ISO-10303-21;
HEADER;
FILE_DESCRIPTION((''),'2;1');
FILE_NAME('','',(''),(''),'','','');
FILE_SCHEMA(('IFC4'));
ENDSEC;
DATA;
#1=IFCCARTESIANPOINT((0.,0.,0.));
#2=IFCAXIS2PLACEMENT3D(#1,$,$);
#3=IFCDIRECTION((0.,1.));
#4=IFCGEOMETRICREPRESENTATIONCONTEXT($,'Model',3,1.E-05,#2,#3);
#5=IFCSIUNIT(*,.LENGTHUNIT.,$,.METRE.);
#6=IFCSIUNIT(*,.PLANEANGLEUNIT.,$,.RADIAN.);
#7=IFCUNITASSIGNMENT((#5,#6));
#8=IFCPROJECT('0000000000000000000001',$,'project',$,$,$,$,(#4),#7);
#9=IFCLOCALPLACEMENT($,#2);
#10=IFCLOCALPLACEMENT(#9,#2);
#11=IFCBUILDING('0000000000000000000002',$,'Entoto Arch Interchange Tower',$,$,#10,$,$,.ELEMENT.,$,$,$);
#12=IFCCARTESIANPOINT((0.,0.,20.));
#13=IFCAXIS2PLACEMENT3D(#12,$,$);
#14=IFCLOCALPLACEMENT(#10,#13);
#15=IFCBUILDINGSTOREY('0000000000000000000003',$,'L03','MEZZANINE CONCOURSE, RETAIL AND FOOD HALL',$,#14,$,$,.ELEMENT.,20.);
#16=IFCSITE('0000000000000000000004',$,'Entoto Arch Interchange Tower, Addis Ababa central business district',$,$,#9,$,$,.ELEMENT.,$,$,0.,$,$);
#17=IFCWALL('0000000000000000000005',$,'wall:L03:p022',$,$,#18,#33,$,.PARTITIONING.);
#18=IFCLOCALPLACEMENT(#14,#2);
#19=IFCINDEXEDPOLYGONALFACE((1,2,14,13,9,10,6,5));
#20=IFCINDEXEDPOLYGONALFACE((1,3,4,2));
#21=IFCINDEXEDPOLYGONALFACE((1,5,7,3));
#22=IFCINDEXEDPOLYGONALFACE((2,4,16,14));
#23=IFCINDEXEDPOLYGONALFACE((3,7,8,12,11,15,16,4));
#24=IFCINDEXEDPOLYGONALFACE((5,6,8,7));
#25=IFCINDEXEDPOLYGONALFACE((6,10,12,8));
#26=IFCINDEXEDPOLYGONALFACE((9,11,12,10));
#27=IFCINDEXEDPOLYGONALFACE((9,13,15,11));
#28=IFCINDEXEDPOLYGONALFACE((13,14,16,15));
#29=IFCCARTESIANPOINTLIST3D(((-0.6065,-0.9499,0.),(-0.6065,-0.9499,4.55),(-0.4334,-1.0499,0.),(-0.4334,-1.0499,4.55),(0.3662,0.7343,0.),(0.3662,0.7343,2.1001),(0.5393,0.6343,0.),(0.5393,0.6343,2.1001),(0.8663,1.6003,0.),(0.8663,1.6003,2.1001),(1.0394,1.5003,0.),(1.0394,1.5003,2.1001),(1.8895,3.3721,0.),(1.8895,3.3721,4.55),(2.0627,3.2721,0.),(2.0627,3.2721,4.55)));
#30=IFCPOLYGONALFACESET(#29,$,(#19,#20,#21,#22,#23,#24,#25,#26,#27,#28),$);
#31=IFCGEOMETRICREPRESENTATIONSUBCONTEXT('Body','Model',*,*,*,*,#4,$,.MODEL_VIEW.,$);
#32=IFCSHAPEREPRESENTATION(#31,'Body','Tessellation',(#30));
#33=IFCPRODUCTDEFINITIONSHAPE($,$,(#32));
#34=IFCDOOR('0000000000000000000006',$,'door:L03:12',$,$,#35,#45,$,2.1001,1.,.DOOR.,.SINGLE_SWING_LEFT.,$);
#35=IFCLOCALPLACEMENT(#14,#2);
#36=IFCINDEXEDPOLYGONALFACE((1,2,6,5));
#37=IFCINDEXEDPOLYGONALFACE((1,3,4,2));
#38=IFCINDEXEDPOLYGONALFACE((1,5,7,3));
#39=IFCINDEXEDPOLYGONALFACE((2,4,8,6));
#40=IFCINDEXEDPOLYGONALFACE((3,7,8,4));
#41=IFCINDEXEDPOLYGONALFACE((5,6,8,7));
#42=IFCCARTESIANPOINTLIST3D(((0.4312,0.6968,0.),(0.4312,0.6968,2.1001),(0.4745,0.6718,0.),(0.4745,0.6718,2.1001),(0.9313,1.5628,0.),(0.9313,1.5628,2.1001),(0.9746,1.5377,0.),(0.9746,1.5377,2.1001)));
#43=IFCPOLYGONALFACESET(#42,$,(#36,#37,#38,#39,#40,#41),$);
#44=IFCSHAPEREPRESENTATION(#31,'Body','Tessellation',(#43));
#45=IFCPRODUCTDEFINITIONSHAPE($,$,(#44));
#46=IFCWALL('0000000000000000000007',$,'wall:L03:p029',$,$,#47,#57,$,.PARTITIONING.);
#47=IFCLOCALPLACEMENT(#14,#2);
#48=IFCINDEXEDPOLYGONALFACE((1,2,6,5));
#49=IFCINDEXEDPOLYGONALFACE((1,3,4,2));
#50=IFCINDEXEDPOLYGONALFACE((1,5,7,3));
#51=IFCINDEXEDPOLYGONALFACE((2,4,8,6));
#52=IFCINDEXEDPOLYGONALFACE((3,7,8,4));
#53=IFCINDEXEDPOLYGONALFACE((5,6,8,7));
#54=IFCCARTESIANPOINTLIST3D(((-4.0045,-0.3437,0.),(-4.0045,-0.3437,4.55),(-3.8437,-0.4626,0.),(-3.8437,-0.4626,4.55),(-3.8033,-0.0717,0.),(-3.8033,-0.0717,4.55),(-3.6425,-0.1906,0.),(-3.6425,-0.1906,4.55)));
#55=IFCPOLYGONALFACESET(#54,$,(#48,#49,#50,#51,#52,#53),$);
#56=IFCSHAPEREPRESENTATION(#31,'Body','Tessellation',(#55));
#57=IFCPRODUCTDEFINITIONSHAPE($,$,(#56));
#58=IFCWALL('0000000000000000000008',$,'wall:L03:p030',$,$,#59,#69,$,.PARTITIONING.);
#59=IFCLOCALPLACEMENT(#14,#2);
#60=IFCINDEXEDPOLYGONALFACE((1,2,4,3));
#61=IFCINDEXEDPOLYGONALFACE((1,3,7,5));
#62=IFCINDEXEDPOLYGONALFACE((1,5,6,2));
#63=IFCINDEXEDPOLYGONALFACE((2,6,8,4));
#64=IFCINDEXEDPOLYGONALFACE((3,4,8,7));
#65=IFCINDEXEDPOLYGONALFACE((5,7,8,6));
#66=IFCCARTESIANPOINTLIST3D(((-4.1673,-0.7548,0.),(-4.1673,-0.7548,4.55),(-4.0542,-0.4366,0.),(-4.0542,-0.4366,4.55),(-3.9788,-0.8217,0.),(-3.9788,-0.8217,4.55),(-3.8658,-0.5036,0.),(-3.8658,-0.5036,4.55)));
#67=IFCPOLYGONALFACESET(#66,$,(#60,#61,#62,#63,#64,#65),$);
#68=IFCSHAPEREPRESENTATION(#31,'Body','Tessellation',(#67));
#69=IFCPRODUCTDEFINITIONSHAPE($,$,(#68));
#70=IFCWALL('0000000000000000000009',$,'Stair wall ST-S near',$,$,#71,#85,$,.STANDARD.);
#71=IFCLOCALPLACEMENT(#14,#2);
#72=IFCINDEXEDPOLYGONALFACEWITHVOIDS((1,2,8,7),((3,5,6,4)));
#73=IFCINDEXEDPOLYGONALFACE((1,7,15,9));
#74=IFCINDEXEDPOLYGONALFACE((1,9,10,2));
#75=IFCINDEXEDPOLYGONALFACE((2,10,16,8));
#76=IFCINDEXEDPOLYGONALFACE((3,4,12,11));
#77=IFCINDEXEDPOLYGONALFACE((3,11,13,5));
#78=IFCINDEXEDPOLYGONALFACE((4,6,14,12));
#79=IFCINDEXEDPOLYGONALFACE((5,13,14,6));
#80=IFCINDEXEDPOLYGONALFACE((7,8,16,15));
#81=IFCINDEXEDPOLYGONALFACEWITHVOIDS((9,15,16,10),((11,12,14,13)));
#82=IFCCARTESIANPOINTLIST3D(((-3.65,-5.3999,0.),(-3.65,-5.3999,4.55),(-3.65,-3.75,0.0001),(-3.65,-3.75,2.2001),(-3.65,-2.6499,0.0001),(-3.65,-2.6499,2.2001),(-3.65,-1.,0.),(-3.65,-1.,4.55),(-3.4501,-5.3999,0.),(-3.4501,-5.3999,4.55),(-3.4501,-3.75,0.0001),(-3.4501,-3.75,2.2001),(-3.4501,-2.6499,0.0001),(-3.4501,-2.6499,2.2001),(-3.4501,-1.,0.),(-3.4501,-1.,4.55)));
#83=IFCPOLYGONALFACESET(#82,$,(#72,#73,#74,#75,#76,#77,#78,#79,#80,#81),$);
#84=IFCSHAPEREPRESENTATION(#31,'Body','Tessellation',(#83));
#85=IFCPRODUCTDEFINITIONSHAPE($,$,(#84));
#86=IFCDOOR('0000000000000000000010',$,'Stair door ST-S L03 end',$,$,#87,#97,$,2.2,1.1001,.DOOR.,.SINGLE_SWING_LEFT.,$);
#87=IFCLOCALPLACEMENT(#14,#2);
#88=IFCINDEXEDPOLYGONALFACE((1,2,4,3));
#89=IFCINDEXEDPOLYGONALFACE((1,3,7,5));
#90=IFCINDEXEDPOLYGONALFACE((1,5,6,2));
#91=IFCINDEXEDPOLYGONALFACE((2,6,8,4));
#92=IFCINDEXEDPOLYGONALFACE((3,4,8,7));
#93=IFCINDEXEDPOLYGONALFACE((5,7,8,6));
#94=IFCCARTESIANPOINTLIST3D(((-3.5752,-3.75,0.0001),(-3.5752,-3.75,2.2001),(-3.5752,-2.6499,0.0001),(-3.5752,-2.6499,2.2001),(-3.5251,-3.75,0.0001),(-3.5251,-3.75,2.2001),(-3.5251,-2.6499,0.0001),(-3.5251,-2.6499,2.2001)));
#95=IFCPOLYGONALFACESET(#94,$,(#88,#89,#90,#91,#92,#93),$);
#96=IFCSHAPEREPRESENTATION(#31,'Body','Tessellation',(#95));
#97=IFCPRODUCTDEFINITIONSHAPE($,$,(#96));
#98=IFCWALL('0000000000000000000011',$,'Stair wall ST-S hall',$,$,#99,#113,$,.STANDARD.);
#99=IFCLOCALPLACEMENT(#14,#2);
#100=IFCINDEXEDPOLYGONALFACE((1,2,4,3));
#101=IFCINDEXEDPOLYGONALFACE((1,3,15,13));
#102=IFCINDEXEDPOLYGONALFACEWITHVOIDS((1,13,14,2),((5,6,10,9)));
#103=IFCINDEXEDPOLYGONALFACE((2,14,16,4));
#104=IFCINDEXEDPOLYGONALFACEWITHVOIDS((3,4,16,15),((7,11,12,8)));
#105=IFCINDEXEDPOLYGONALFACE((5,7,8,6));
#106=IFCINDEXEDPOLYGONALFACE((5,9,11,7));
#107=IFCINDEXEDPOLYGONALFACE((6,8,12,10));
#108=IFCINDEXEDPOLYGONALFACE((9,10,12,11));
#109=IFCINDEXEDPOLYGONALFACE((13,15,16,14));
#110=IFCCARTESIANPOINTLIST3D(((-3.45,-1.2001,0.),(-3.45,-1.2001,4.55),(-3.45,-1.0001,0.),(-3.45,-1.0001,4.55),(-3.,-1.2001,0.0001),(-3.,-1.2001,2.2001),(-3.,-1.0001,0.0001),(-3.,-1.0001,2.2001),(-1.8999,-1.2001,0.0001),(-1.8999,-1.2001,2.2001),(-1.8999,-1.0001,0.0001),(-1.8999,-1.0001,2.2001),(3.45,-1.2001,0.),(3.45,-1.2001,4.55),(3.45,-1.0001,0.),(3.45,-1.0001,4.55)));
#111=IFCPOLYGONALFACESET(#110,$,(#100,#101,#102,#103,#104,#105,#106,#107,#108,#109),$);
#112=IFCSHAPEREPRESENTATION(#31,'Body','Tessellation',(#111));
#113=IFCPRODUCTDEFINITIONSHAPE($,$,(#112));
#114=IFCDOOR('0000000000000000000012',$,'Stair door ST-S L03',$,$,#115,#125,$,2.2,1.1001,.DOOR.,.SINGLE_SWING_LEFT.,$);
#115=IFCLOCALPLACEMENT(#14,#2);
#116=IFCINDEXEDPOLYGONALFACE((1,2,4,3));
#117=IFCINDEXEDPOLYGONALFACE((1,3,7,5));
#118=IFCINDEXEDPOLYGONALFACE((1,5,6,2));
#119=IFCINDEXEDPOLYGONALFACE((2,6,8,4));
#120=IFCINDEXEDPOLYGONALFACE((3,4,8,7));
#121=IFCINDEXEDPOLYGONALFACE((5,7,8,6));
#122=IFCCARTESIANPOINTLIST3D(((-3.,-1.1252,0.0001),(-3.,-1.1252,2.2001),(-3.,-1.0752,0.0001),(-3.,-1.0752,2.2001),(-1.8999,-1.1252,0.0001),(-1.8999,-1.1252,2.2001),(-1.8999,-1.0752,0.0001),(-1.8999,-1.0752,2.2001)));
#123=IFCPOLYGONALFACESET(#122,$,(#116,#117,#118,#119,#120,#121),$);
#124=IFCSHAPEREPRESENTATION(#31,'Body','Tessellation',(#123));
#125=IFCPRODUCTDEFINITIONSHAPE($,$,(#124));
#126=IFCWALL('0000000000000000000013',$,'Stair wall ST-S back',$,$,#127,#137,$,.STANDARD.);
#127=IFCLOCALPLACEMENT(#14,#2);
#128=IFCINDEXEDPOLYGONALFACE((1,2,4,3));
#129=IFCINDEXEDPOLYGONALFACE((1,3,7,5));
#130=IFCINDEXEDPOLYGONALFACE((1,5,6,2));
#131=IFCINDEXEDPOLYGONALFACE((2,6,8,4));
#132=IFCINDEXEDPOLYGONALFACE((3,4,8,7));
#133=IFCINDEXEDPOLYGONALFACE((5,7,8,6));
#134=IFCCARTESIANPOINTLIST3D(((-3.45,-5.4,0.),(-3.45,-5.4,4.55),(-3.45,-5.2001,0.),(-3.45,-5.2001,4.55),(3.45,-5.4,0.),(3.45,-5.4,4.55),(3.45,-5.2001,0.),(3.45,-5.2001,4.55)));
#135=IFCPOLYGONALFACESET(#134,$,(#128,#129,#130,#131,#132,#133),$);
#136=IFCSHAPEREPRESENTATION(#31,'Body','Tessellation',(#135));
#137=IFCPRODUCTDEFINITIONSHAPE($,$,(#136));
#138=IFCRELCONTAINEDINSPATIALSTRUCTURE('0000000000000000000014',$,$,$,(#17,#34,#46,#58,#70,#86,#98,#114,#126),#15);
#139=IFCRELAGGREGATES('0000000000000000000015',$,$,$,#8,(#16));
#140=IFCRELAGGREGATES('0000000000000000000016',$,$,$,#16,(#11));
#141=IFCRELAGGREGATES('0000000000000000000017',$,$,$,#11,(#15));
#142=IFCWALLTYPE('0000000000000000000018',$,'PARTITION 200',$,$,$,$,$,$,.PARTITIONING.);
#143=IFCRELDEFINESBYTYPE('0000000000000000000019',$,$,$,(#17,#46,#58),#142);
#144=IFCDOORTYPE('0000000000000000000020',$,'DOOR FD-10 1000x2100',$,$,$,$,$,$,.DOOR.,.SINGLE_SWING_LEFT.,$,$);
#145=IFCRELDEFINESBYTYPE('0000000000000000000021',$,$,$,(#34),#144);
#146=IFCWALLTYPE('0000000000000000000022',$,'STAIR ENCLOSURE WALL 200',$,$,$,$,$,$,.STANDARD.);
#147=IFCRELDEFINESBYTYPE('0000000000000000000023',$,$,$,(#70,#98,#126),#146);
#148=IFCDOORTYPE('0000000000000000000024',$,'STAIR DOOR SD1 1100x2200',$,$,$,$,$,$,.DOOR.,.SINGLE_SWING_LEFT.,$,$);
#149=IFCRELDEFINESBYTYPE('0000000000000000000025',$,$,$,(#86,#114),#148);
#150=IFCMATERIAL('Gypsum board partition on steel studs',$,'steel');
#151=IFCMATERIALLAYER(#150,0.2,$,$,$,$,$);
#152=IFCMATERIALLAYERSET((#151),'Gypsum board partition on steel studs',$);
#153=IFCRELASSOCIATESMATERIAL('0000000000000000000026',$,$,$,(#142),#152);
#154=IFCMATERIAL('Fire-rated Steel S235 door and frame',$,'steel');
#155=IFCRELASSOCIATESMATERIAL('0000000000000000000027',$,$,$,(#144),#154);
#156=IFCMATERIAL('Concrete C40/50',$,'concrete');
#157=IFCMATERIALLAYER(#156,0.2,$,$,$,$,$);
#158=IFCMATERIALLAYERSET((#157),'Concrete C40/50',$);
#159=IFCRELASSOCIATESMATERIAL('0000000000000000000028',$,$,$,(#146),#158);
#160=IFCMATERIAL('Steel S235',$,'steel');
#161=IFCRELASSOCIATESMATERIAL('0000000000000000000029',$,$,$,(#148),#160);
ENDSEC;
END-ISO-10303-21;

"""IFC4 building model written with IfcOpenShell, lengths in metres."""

from ifc_helpers import new_model, si_unit, direction, frame, frame_2d, origin, place, context, subcontext, project, spatial, rectangle, extrude, material, layer, layer_set, type_object, element, fill, save


model = new_model("IFC4")

# Units and contexts
model_context = context("Model", 3, precision=1e-05, world=origin(), true_north=direction((0.0, 1.0)))
body_context = subcontext(model_context, "Body", "Model", "MODEL_VIEW")
ifc_project = project(units=[si_unit("LENGTHUNIT", "METRE"), si_unit("PLANEANGLEUNIT", "RADIAN")], contexts=[model_context])

# Site, building, storey
site_placement = place(None, origin())
site = spatial("IfcSite", under=ifc_project, at=site_placement, Name="Entoto Arch Interchange Tower, Addis Ababa central business district", CompositionType="ELEMENT", RefElevation=0.0)
building_placement = place(site_placement, origin())
building = spatial("IfcBuilding", under=site, at=building_placement, Name="Entoto Arch Interchange Tower", CompositionType="ELEMENT")
storey_placement = place(building_placement, frame((0.0, 0.0, 20.0)))
storey = spatial("IfcBuildingStorey", under=building, at=storey_placement, Name="L03", Description="MEZZANINE CONCOURSE, RETAIL AND FOOD HALL", CompositionType="ELEMENT", Elevation=20.0)

# Shared definitions
ifc_material_1 = material(Name="Concrete C40/50", Category="concrete")
ifc_material_2 = material(Name="Gypsum board partition on steel studs", Category="steel")
ifc_layer_1 = layer(ifc_material_2, 0.2)
ifc_layer_set_1 = layer_set([ifc_layer_1], Name="Gypsum board partition on steel studs")
wall_type_1 = type_object("IfcWallType", Name="PARTITION 200", PredefinedType="PARTITIONING", material=ifc_layer_set_1)

# Wall, opening, door
wall_1_placement = place(storey_placement, frame((-0.52, -1.0, 0.0), z_axis=(0.0, 0.0, 1.0), x_axis=(0.500116, 0.865958, 0.0)))
wall_1 = element("IfcWall", 1, at=wall_1_placement, inside=storey, type_object=wall_type_1, Name="wall:L03:p022", PredefinedType="PARTITIONING", context=body_context, shape_type="SweptSolid", body=[
    extrude(rectangle(XDim=4.991, YDim=0.2, at=frame_2d((2.4956, 0.0))), origin(), (0.0, 0.0, 1.0), 4.55),
])
opening_1_placement = place(wall_1_placement, frame((1.9451, 0.0, 0.0)))
opening_1 = element("IfcOpeningElement", 2, at=opening_1_placement, cuts=wall_1, PredefinedType="OPENING", context=body_context, shape_type="SweptSolid", body=[
    extrude(rectangle(XDim=1.0, YDim=2.1001, at=frame_2d((0.5, 1.05))), frame((0.0, 0.1099, 0.0), z_axis=(0.0, -1.0, 0.0), x_axis=(1.0, 0.0, 0.0)), (0.0, 0.0, 1.0), 0.22),
])
ifc_material_3 = material(Name="Fire-rated Steel S235 door and frame", Category="steel")
door_type_1 = type_object("IfcDoorType", Name="DOOR FD-10 1000x2100", OperationType="SINGLE_SWING_LEFT", PredefinedType="DOOR", material=ifc_material_3)
door_1_placement = place(opening_1_placement, origin())
door_1 = element("IfcDoor", 3, at=door_1_placement, inside=storey, type_object=door_type_1, Name="door:L03:12", OperationType="SINGLE_SWING_LEFT", OverallHeight=2.1001, OverallWidth=1.0, PredefinedType="DOOR", context=body_context, shape_type="SweptSolid", body=[
    extrude(rectangle(XDim=1.0, YDim=2.1001, at=frame_2d((0.5, 1.05))), frame((0.0, 0.0249, 0.0), z_axis=(0.0, -1.0, 0.0), x_axis=(1.0, 0.0, 0.0)), (0.0, 0.0, 1.0), 0.05),
])
fill(opening_1, door_1)

# Walls
wall_2_placement = place(storey_placement, frame((-3.7229, -0.1311, 0.0), z_axis=(0.0, 0.0, 1.0), x_axis=(-0.594675, -0.803966, 0.0)))
element("IfcWall", 4, at=wall_2_placement, inside=storey, type_object=wall_type_1, Name="wall:L03:p029", PredefinedType="PARTITIONING", context=body_context, shape_type="SweptSolid", body=[
    extrude(rectangle(XDim=0.3384, YDim=0.2, at=frame_2d((0.1692, 0.0))), origin(), (0.0, 0.0, 1.0), 4.55),
])
wall_3_placement = place(storey_placement, frame((-3.96, -0.47, 0.0), z_axis=(0.0, 0.0, 1.0), x_axis=(-0.334824, -0.942281, 0.0)))
element("IfcWall", 5, at=wall_3_placement, inside=storey, type_object=wall_type_1, Name="wall:L03:p030", PredefinedType="PARTITIONING", context=body_context, shape_type="SweptSolid", body=[
    extrude(rectangle(XDim=0.3376, YDim=0.2, at=frame_2d((0.1689, 0.0))), origin(), (0.0, 0.0, 1.0), 4.55),
])

# Walls, openings, doors
ifc_layer_2 = layer(ifc_material_1, 0.2)
ifc_layer_set_2 = layer_set([ifc_layer_2], Name="Concrete C40/50")
wall_type_2 = type_object("IfcWallType", Name="STAIR ENCLOSURE WALL 200", PredefinedType="STANDARD", material=ifc_layer_set_2)
wall_4_placement = place(storey_placement, frame((-3.55, -1.0, 0.0), z_axis=(0.0, 0.0, 1.0), x_axis=(0.0, -1.0, 0.0)))
wall_4 = element("IfcWall", 6, at=wall_4_placement, inside=storey, type_object=wall_type_2, Name="Stair wall ST-S near", PredefinedType="STANDARD", context=body_context, shape_type="SweptSolid", body=[
    extrude(rectangle(XDim=4.3999, YDim=0.2, at=frame_2d((2.2, 0.0))), origin(), (0.0, 0.0, 1.0), 4.55),
])
opening_2_placement = place(wall_4_placement, frame((1.6499, 0.0, 0.0)))
opening_2 = element("IfcOpeningElement", 7, at=opening_2_placement, cuts=wall_4, PredefinedType="OPENING", context=body_context, shape_type="SweptSolid", body=[
    extrude(rectangle(XDim=1.1001, YDim=2.2, at=frame_2d((0.55, 1.1001))), frame((0.0, 0.1099, 0.0), z_axis=(0.0, -1.0, 0.0), x_axis=(1.0, 0.0, 0.0)), (0.0, 0.0, 1.0), 0.22),
])
ifc_material_4 = material(Name="Steel S235", Category="steel")
door_type_2 = type_object("IfcDoorType", Name="STAIR DOOR SD1 1100x2200", OperationType="SINGLE_SWING_LEFT", PredefinedType="DOOR", material=ifc_material_4)
door_2_placement = place(opening_2_placement, origin())
door_2 = element("IfcDoor", 8, at=door_2_placement, inside=storey, type_object=door_type_2, Name="Stair door ST-S L03 end", OperationType="SINGLE_SWING_LEFT", OverallHeight=2.2, OverallWidth=1.1001, PredefinedType="DOOR", context=body_context, shape_type="SweptSolid", body=[
    extrude(rectangle(XDim=1.1001, YDim=2.2, at=frame_2d((0.55, 1.1001))), frame((0.0, 0.0249, 0.0), z_axis=(0.0, -1.0, 0.0), x_axis=(1.0, 0.0, 0.0)), (0.0, 0.0, 1.0), 0.05),
])
fill(opening_2, door_2)
wall_5_placement = place(storey_placement, frame((-3.45, -1.1001, 0.0), z_axis=(0.0, 0.0, 1.0), x_axis=(1.0, 0.0, 0.0)))
wall_5 = element("IfcWall", 9, at=wall_5_placement, inside=storey, type_object=wall_type_2, Name="Stair wall ST-S hall", PredefinedType="STANDARD", context=body_context, shape_type="SweptSolid", body=[
    extrude(rectangle(XDim=6.8999, YDim=0.2, at=frame_2d((3.45, 0.0))), origin(), (0.0, 0.0, 1.0), 4.55),
])
opening_3_placement = place(wall_5_placement, frame((0.45, 0.0, 0.0)))
opening_3 = element("IfcOpeningElement", 10, at=opening_3_placement, cuts=wall_5, PredefinedType="OPENING", context=body_context, shape_type="SweptSolid", body=[
    extrude(rectangle(XDim=1.1001, YDim=2.2, at=frame_2d((0.55, 1.1001))), frame((0.0, 0.1099, 0.0), z_axis=(0.0, -1.0, 0.0), x_axis=(1.0, 0.0, 0.0)), (0.0, 0.0, 1.0), 0.22),
])
door_3_placement = place(opening_3_placement, origin())
door_3 = element("IfcDoor", 11, at=door_3_placement, inside=storey, type_object=door_type_2, Name="Stair door ST-S L03", OperationType="SINGLE_SWING_LEFT", OverallHeight=2.2, OverallWidth=1.1001, PredefinedType="DOOR", context=body_context, shape_type="SweptSolid", body=[
    extrude(rectangle(XDim=1.1001, YDim=2.2, at=frame_2d((0.55, 1.1001))), frame((0.0, 0.0249, 0.0), z_axis=(0.0, -1.0, 0.0), x_axis=(1.0, 0.0, 0.0)), (0.0, 0.0, 1.0), 0.05),
])
fill(opening_3, door_3)

# Wall
wall_6_placement = place(storey_placement, frame((-3.45, -5.3, 0.0), z_axis=(0.0, 0.0, 1.0), x_axis=(1.0, 0.0, 0.0)))
element("IfcWall", 12, at=wall_6_placement, inside=storey, type_object=wall_type_2, Name="Stair wall ST-S back", PredefinedType="STANDARD", context=body_context, shape_type="SweptSolid", body=[
    extrude(rectangle(XDim=6.8999, YDim=0.2, at=frame_2d((3.45, 0.0))), origin(), (0.0, 0.0, 1.0), 4.55),
])

save(model, "model.ifc")
